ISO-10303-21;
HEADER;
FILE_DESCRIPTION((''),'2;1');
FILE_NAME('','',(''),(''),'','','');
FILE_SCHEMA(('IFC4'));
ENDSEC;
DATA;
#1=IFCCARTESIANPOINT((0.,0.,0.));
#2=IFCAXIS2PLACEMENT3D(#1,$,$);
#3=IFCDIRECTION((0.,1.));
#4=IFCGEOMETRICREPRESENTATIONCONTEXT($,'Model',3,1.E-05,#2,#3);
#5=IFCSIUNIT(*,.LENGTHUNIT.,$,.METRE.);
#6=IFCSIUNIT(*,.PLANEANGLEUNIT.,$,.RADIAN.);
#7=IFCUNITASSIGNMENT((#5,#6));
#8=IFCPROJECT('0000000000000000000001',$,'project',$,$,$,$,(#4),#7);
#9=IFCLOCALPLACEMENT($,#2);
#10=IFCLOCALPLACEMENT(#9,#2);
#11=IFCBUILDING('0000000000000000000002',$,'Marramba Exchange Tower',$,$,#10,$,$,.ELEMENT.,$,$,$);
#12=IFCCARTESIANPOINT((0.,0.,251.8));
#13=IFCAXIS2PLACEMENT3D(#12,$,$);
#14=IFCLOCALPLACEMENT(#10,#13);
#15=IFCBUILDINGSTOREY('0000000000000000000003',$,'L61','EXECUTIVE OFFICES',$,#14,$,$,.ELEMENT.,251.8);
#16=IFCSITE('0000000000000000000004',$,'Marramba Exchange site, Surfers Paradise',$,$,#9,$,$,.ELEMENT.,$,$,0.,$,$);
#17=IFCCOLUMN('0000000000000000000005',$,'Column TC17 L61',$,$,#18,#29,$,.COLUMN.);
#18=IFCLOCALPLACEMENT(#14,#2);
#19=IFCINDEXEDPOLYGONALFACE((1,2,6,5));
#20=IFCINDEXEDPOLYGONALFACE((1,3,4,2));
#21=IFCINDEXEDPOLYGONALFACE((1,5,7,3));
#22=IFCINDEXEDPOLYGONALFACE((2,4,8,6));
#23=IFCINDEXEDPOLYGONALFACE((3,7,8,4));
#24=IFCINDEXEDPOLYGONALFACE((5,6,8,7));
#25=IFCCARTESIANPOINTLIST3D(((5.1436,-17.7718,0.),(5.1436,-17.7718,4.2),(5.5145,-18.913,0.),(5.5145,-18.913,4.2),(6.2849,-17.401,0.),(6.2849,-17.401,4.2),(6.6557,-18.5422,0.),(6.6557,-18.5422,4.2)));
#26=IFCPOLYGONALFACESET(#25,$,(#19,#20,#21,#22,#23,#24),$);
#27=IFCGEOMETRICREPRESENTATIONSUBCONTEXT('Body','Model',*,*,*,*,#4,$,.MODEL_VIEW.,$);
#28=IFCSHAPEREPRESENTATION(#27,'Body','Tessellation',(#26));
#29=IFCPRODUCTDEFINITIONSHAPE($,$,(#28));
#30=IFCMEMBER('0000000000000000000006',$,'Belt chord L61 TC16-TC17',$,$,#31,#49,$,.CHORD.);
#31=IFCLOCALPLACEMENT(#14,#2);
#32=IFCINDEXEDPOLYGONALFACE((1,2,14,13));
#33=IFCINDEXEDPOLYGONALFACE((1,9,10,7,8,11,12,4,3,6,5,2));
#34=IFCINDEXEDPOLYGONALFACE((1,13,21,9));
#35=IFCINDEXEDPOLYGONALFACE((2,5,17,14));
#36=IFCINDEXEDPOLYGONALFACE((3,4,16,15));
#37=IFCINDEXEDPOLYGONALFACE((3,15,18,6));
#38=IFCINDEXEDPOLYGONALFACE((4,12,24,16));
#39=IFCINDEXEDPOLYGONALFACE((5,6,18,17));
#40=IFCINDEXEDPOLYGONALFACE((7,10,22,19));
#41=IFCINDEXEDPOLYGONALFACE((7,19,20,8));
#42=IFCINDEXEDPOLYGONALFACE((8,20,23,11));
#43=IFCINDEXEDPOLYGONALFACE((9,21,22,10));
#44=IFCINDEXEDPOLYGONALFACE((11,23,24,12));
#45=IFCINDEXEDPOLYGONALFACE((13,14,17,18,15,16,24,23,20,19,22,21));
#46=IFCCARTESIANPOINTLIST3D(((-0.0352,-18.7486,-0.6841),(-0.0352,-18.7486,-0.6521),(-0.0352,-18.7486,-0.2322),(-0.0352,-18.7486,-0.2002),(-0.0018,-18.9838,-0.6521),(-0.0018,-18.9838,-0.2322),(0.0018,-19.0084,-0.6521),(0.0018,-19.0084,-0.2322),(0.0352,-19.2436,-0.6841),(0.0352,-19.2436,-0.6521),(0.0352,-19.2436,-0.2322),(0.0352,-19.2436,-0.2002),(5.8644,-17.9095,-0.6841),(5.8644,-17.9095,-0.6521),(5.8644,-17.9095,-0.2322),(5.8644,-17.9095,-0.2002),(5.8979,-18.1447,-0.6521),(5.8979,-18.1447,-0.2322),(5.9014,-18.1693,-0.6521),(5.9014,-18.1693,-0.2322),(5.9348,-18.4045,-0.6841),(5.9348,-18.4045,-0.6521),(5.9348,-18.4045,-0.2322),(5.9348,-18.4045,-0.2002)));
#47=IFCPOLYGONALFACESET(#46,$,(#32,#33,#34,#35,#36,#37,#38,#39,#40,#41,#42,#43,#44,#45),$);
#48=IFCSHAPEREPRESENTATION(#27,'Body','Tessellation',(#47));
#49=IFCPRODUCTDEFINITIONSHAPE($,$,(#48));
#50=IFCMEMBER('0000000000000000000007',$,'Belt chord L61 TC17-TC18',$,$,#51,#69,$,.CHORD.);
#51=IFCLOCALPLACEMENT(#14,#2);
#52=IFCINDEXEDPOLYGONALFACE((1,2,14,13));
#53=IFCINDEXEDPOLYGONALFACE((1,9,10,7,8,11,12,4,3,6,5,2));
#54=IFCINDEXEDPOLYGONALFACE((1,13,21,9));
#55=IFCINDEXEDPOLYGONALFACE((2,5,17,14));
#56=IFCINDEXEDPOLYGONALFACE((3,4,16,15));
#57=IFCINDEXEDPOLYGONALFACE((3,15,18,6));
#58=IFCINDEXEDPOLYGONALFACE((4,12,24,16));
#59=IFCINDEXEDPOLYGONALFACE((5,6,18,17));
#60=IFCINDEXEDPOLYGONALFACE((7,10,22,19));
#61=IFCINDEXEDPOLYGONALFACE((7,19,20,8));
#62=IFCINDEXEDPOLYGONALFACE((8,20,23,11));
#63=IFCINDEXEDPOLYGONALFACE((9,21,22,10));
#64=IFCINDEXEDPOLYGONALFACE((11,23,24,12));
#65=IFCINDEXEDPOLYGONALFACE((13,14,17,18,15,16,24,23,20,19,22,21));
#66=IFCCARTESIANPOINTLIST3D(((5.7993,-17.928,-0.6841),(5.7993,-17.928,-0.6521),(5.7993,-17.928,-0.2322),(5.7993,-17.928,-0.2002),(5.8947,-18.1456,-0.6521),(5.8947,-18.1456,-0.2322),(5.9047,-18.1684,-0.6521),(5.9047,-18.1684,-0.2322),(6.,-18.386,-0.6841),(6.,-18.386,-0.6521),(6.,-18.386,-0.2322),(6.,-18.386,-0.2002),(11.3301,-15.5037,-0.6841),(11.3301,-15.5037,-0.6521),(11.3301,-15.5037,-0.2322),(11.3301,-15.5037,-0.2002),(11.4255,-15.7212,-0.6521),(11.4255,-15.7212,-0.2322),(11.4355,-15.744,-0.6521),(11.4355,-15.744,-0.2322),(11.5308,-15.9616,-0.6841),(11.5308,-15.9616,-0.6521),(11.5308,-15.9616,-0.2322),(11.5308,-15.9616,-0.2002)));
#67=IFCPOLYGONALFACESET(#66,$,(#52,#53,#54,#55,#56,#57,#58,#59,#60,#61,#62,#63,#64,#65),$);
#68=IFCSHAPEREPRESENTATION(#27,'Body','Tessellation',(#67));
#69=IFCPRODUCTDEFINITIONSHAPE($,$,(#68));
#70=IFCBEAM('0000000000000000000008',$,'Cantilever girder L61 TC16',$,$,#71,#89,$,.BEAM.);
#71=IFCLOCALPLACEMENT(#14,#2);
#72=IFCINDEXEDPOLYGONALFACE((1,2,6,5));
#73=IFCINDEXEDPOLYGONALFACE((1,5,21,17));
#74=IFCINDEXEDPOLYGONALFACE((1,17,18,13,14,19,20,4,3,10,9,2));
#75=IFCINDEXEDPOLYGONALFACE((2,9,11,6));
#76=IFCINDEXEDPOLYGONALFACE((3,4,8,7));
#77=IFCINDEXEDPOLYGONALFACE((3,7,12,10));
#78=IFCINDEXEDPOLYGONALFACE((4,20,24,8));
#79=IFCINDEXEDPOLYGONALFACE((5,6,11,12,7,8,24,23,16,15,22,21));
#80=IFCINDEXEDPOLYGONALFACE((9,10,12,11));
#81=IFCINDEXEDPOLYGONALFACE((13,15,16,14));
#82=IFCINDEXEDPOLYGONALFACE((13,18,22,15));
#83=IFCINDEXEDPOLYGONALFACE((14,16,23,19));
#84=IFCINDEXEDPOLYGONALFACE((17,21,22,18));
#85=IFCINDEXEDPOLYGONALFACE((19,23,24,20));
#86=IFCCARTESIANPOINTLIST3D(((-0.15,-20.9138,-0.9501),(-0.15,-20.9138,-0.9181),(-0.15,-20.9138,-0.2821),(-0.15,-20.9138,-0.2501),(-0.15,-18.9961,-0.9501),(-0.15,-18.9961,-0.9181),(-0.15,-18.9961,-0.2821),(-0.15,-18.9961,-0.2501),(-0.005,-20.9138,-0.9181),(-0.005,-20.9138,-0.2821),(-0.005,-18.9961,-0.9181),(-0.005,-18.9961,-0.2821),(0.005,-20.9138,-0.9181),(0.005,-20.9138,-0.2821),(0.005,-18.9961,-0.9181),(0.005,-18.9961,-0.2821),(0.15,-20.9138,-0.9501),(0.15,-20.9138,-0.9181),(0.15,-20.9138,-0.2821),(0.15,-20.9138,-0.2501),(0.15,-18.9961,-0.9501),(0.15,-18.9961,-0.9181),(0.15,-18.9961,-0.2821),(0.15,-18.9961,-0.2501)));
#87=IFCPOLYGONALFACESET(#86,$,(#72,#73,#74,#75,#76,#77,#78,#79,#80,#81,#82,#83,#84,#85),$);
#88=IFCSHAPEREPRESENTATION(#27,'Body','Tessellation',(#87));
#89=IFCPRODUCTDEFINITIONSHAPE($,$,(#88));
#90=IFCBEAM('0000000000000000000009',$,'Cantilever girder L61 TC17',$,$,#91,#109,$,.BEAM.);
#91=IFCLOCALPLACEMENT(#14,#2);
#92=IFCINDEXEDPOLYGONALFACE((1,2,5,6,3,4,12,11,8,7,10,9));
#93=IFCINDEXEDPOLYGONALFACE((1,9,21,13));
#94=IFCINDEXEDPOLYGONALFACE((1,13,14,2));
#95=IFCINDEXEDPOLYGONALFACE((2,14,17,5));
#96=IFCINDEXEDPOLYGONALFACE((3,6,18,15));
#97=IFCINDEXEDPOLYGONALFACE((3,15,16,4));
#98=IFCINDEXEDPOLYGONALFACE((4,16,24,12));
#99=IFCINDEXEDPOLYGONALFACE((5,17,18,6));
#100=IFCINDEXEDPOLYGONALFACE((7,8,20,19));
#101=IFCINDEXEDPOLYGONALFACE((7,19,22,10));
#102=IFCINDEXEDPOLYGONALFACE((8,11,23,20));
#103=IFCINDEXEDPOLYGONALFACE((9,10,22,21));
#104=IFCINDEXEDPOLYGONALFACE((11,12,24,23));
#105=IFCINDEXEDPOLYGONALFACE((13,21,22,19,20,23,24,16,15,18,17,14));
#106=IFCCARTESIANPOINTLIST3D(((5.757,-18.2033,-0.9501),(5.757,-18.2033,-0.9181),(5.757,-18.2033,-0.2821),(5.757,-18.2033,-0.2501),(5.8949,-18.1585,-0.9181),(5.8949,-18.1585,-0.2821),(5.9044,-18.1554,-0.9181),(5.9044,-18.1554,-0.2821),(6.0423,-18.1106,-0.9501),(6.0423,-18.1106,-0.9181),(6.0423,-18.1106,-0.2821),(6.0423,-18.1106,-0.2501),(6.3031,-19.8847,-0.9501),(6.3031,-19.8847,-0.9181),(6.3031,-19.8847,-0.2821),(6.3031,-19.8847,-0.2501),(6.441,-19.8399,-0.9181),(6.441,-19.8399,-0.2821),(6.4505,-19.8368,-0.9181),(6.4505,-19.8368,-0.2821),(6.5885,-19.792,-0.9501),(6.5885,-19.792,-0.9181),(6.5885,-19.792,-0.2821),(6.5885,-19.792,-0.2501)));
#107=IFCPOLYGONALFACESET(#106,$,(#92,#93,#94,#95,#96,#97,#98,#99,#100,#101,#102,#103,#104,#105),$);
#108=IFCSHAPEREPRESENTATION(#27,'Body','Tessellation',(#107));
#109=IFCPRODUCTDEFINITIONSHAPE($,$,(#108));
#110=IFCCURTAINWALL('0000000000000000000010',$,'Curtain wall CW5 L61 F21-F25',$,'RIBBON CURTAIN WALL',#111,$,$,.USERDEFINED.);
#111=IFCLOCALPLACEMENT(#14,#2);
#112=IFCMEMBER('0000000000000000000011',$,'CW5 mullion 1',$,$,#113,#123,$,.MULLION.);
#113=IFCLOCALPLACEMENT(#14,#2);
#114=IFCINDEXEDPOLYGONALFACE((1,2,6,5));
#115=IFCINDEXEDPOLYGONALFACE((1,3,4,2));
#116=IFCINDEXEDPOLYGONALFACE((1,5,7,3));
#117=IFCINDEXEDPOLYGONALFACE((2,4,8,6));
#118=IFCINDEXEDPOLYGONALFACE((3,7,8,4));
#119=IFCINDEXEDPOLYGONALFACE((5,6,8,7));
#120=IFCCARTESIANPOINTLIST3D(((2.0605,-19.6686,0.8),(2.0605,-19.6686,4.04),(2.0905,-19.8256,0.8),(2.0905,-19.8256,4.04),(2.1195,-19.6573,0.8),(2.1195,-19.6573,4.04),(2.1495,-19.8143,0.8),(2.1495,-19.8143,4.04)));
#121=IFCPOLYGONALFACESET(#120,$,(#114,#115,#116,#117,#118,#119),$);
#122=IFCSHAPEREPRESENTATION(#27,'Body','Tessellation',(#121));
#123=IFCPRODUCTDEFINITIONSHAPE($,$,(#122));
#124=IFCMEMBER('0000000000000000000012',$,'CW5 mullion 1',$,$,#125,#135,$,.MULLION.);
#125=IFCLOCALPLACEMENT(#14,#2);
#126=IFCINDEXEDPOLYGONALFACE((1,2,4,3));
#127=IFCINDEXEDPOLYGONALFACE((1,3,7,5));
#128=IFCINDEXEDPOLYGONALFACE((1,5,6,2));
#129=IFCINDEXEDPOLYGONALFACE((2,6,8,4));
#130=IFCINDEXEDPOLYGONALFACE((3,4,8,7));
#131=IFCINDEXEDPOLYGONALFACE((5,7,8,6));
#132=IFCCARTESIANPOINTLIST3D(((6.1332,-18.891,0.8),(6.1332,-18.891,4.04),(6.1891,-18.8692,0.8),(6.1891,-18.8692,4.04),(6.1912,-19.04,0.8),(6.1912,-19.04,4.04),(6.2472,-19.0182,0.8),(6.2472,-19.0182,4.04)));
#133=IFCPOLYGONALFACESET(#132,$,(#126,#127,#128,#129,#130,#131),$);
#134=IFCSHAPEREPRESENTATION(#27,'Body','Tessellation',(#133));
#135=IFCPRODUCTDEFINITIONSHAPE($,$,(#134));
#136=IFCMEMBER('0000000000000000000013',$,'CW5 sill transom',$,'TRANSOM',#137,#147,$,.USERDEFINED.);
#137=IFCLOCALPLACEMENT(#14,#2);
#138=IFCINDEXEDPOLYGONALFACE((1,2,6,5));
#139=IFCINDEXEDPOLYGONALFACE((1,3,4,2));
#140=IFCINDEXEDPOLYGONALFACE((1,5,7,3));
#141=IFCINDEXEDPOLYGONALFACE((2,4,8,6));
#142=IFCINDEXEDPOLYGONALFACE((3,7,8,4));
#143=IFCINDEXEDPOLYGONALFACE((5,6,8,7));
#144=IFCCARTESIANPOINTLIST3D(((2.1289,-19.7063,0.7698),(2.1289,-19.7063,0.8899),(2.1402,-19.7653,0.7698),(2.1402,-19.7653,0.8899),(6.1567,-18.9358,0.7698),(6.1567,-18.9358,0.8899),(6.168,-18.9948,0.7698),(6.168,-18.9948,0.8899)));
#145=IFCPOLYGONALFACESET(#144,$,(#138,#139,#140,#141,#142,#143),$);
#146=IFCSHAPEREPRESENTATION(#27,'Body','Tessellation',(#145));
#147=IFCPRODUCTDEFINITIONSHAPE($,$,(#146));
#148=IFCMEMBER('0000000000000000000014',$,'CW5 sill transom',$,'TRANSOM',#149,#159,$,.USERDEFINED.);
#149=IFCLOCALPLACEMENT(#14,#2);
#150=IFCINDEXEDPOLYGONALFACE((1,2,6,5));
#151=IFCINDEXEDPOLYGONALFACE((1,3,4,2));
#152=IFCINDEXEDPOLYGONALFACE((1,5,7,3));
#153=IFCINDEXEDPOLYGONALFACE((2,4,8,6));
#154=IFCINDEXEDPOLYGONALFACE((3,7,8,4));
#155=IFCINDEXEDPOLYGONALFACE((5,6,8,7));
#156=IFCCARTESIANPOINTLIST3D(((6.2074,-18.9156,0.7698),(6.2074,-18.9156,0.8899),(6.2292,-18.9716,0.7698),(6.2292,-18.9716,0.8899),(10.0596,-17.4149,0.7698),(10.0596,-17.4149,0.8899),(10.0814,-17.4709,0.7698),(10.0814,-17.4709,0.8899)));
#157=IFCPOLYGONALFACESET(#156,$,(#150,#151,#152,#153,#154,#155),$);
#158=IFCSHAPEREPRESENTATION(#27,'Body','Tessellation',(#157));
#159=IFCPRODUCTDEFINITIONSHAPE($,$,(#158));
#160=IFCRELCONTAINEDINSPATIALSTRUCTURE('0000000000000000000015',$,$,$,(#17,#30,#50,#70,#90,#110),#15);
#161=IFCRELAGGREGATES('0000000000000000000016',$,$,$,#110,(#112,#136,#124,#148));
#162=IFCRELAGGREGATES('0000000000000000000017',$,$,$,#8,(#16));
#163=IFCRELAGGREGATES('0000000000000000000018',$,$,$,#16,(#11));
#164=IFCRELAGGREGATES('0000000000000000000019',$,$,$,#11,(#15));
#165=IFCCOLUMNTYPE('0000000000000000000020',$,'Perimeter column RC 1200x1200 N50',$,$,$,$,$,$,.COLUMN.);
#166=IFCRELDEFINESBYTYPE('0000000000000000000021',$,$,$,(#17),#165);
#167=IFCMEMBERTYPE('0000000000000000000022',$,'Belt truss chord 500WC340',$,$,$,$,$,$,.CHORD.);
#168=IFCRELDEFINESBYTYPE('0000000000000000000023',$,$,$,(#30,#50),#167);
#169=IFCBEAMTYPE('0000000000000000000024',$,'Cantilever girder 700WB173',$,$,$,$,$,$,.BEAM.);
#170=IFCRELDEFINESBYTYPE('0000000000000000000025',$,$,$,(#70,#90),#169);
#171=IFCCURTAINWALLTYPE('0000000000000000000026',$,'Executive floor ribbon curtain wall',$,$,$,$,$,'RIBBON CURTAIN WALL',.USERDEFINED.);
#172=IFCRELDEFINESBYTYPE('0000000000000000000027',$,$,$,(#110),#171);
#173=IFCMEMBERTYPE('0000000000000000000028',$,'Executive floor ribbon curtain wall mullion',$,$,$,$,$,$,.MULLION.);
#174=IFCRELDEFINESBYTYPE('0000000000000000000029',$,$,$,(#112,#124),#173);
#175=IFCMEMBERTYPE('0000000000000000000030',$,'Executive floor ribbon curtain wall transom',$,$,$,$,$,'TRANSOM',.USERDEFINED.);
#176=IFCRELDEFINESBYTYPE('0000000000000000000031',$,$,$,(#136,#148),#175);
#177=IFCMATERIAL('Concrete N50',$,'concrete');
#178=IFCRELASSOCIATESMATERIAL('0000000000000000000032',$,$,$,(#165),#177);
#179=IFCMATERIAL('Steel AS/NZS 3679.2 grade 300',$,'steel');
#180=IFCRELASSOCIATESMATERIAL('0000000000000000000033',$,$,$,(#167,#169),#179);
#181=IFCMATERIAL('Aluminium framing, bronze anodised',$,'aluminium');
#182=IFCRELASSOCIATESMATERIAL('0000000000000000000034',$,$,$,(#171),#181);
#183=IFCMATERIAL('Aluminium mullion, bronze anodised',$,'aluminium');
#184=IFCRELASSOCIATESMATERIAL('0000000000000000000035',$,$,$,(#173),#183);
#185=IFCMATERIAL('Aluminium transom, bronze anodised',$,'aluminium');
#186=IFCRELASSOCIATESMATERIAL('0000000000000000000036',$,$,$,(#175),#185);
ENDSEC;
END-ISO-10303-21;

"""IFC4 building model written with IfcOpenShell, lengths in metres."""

from ifc_helpers import new_model, si_unit, direction, frame, origin, origin_2d, place, context, subcontext, project, spatial, rectangle, i_section, extrude, material, material_profile, profile_set, type_object, element, aggregate, save


model = new_model("IFC4")

# Units and contexts
model_context = context("Model", 3, precision=1e-05, world=origin(), true_north=direction((0.0, 1.0)))
body_context = subcontext(model_context, "Body", "Model", "MODEL_VIEW")
ifc_project = project(units=[si_unit("LENGTHUNIT", "METRE"), si_unit("PLANEANGLEUNIT", "RADIAN")], contexts=[model_context])

# Site, building, storey
site_placement = place(None, origin())
site = spatial("IfcSite", under=ifc_project, at=site_placement, Name="Marramba Exchange site, Surfers Paradise", CompositionType="ELEMENT", RefElevation=0.0)
building_placement = place(site_placement, origin())
building = spatial("IfcBuilding", under=site, at=building_placement, Name="Marramba Exchange Tower", CompositionType="ELEMENT")
storey_placement = place(building_placement, frame((0.0, 0.0, 251.8)))
storey = spatial("IfcBuildingStorey", under=building, at=storey_placement, Name="L61", Description="EXECUTIVE OFFICES", CompositionType="ELEMENT", Elevation=251.8)

# Column
ifc_material_1 = material(Name="Concrete N50", Category="concrete")
ifc_material_profile_1 = material_profile(ifc_material_1, rectangle(XDim=1.2, YDim=1.2, at=origin_2d()), Name="RC 1200x1200")
ifc_profile_set_1 = profile_set([ifc_material_profile_1], Name="Concrete N50")
column_type = type_object("IfcColumnType", Name="Perimeter column RC 1200x1200 N50", PredefinedType="COLUMN", material=ifc_profile_set_1)
column_placement = place(storey_placement, frame((5.8997, -18.157, 0.0), z_axis=(0.0, 0.0, 1.0), x_axis=(0.309017, -0.951057, 0.0)))
element("IfcColumn", 1, at=column_placement, inside=storey, type_object=column_type, Name="Column TC17 L61", PredefinedType="COLUMN", context=body_context, shape_type="SweptSolid", body=[
    extrude(rectangle(XDim=1.2, YDim=1.2, at=origin_2d()), origin(), (0.0, 0.0, 1.0), 4.2),
])

# Members
ifc_material_2 = material(Name="Steel AS/NZS 3679.2 grade 300", Category="steel")
ifc_material_profile_2 = material_profile(ifc_material_2, i_section(OverallWidth=0.5, OverallDepth=0.4839, WebThickness=0.0249, FlangeThickness=0.032, at=origin_2d()), Name="500WC340")
ifc_profile_set_2 = profile_set([ifc_material_profile_2], Name="Steel AS/NZS 3679.2 grade 300")
member_type_1 = type_object("IfcMemberType", Name="Belt truss chord 500WC340", PredefinedType="CHORD", material=ifc_profile_set_2)
member_1_placement = place(storey_placement, frame((0.0, -18.9961, -0.4421), z_axis=(0.990036, 0.140813, 0.0), x_axis=(-0.140813, 0.990036, 0.0)))
element("IfcMember", 2, at=member_1_placement, inside=storey, type_object=member_type_1, Name="Belt chord L61 TC16-TC17", PredefinedType="CHORD", context=body_context, shape_type="SweptSolid", body=[
    extrude(i_section(OverallWidth=0.5, OverallDepth=0.4839, WebThickness=0.0249, FlangeThickness=0.032, at=origin_2d()), origin(), (0.0, 0.0, 1.0), 5.959),
])
member_2_placement = place(storey_placement, frame((5.8997, -18.157, -0.4421), z_axis=(0.915877, 0.401459, 0.0), x_axis=(-0.401459, 0.915877, 0.0)))
element("IfcMember", 3, at=member_2_placement, inside=storey, type_object=member_type_1, Name="Belt chord L61 TC17-TC18", PredefinedType="CHORD", context=body_context, shape_type="SweptSolid", body=[
    extrude(i_section(OverallWidth=0.5, OverallDepth=0.4839, WebThickness=0.0249, FlangeThickness=0.032, at=origin_2d()), origin(), (0.0, 0.0, 1.0), 6.0388),
])

# Beams
ifc_material_profile_3 = material_profile(ifc_material_2, i_section(OverallWidth=0.3, OverallDepth=0.7, WebThickness=0.01, FlangeThickness=0.032, at=origin_2d()), Name="700WB173")
ifc_profile_set_3 = profile_set([ifc_material_profile_3], Name="Steel AS/NZS 3679.2 grade 300")
beam_type_1 = type_object("IfcBeamType", Name="Cantilever girder 700WB173", PredefinedType="BEAM", material=ifc_profile_set_3)
beam_1_placement = place(storey_placement, frame((0.0, -18.9961, -0.6001), z_axis=(0.0, -1.0, 0.0), x_axis=(1.0, 0.0, 0.0)))
element("IfcBeam", 4, at=beam_1_placement, inside=storey, type_object=beam_type_1, Name="Cantilever girder L61 TC16", PredefinedType="BEAM", context=body_context, shape_type="SweptSolid", body=[
    extrude(i_section(OverallWidth=0.3, OverallDepth=0.7, WebThickness=0.01, FlangeThickness=0.032, at=origin_2d()), origin(), (0.0, 0.0, 1.0), 1.9177),
])
beam_2_placement = place(storey_placement, frame((5.8997, -18.157, -0.6001), z_axis=(0.308927, -0.951086, 0.0), x_axis=(0.951086, 0.308927, 0.0)))
element("IfcBeam", 5, at=beam_2_placement, inside=storey, type_object=beam_type_1, Name="Cantilever girder L61 TC17", PredefinedType="BEAM", context=body_context, shape_type="SweptSolid", body=[
    extrude(i_section(OverallWidth=0.3, OverallDepth=0.7, WebThickness=0.01, FlangeThickness=0.032, at=origin_2d()), origin(), (0.0, 0.0, 1.0), 1.7678),
])

# Curtain wall, members
ifc_material_3 = material(Name="Aluminium framing, bronze anodised", Category="aluminium")
curtain_wall_type = type_object("IfcCurtainWallType", Name="Executive floor ribbon curtain wall", ElementType="RIBBON CURTAIN WALL", PredefinedType="USERDEFINED", material=ifc_material_3)
curtain_wall_placement = place(storey_placement, origin())
curtain_wall = element("IfcCurtainWall", 6, at=curtain_wall_placement, inside=storey, type_object=curtain_wall_type, Name="Curtain wall CW5 L61 F21-F25", ObjectType="RIBBON CURTAIN WALL", PredefinedType="USERDEFINED")
ifc_material_4 = material(Name="Aluminium mullion, bronze anodised", Category="aluminium")
ifc_material_profile_4 = material_profile(ifc_material_4, rectangle(XDim=0.1599, YDim=0.0601, at=origin_2d()), Name="CW5 mullion 60x160")
ifc_profile_set_4 = profile_set([ifc_material_profile_4], Name="Aluminium mullion, bronze anodised")
member_type_2 = type_object("IfcMemberType", Name="Executive floor ribbon curtain wall mullion", PredefinedType="MULLION", material=ifc_profile_set_4)
member_3_placement = place(storey_placement, frame((2.105, -19.7415, 0.8), z_axis=(0.0, 0.0, 1.0), x_axis=(-0.187873, 0.982193, 0.0)))
member_3 = element("IfcMember", 7, at=member_3_placement, type_object=member_type_2, Name="CW5 mullion 1", PredefinedType="MULLION", context=body_context, shape_type="SweptSolid", body=[
    extrude(rectangle(XDim=0.1599, YDim=0.0601, at=origin_2d()), origin(), (0.0, 0.0, 1.0), 3.24),
])
member_4_placement = place(storey_placement, frame((6.1902, -18.9546, 0.8), z_axis=(0.0, 0.0, 1.0), x_axis=(-0.36301, 0.931785, 0.0)))
member_4 = element("IfcMember", 8, at=member_4_placement, type_object=member_type_2, Name="CW5 mullion 1", PredefinedType="MULLION", context=body_context, shape_type="SweptSolid", body=[
    extrude(rectangle(XDim=0.1599, YDim=0.0601, at=origin_2d()), origin(), (0.0, 0.0, 1.0), 3.24),
])
ifc_material_5 = material(Name="Aluminium transom, bronze anodised", Category="aluminium")
ifc_material_profile_5 = material_profile(ifc_material_5, rectangle(XDim=0.0601, YDim=0.1201, at=origin_2d()), Name="CW5 transom 60x120")
ifc_profile_set_5 = profile_set([ifc_material_profile_5], Name="Aluminium transom, bronze anodised")
member_type_3 = type_object("IfcMemberType", Name="Executive floor ribbon curtain wall transom", ElementType="TRANSOM", PredefinedType="USERDEFINED", material=ifc_profile_set_5)
member_5_placement = place(storey_placement, frame((2.1345, -19.7358, 0.8298), z_axis=(0.98219, 0.187889, 0.0), x_axis=(-0.187889, 0.98219, 0.0)))
member_5 = element("IfcMember", 9, at=member_5_placement, type_object=member_type_3, Name="CW5 sill transom", ObjectType="TRANSOM", PredefinedType="USERDEFINED", context=body_context, shape_type="SweptSolid", body=[
    extrude(rectangle(XDim=0.0601, YDim=0.1201, at=origin_2d()), origin(), (0.0, 0.0, 1.0), 4.1008),
])
member_6_placement = place(storey_placement, frame((6.2183, -18.9436, 0.8298), z_axis=(0.931791, 0.362996, 0.0), x_axis=(-0.362996, 0.931791, 0.0)))
member_6 = element("IfcMember", 10, at=member_6_placement, type_object=member_type_3, Name="CW5 sill transom", ObjectType="TRANSOM", PredefinedType="USERDEFINED", context=body_context, shape_type="SweptSolid", body=[
    extrude(rectangle(XDim=0.0601, YDim=0.1201, at=origin_2d()), origin(), (0.0, 0.0, 1.0), 4.1343),
])

aggregate(curtain_wall, [member_3, member_5, member_4, member_6])

save(model, "model.ifc")
